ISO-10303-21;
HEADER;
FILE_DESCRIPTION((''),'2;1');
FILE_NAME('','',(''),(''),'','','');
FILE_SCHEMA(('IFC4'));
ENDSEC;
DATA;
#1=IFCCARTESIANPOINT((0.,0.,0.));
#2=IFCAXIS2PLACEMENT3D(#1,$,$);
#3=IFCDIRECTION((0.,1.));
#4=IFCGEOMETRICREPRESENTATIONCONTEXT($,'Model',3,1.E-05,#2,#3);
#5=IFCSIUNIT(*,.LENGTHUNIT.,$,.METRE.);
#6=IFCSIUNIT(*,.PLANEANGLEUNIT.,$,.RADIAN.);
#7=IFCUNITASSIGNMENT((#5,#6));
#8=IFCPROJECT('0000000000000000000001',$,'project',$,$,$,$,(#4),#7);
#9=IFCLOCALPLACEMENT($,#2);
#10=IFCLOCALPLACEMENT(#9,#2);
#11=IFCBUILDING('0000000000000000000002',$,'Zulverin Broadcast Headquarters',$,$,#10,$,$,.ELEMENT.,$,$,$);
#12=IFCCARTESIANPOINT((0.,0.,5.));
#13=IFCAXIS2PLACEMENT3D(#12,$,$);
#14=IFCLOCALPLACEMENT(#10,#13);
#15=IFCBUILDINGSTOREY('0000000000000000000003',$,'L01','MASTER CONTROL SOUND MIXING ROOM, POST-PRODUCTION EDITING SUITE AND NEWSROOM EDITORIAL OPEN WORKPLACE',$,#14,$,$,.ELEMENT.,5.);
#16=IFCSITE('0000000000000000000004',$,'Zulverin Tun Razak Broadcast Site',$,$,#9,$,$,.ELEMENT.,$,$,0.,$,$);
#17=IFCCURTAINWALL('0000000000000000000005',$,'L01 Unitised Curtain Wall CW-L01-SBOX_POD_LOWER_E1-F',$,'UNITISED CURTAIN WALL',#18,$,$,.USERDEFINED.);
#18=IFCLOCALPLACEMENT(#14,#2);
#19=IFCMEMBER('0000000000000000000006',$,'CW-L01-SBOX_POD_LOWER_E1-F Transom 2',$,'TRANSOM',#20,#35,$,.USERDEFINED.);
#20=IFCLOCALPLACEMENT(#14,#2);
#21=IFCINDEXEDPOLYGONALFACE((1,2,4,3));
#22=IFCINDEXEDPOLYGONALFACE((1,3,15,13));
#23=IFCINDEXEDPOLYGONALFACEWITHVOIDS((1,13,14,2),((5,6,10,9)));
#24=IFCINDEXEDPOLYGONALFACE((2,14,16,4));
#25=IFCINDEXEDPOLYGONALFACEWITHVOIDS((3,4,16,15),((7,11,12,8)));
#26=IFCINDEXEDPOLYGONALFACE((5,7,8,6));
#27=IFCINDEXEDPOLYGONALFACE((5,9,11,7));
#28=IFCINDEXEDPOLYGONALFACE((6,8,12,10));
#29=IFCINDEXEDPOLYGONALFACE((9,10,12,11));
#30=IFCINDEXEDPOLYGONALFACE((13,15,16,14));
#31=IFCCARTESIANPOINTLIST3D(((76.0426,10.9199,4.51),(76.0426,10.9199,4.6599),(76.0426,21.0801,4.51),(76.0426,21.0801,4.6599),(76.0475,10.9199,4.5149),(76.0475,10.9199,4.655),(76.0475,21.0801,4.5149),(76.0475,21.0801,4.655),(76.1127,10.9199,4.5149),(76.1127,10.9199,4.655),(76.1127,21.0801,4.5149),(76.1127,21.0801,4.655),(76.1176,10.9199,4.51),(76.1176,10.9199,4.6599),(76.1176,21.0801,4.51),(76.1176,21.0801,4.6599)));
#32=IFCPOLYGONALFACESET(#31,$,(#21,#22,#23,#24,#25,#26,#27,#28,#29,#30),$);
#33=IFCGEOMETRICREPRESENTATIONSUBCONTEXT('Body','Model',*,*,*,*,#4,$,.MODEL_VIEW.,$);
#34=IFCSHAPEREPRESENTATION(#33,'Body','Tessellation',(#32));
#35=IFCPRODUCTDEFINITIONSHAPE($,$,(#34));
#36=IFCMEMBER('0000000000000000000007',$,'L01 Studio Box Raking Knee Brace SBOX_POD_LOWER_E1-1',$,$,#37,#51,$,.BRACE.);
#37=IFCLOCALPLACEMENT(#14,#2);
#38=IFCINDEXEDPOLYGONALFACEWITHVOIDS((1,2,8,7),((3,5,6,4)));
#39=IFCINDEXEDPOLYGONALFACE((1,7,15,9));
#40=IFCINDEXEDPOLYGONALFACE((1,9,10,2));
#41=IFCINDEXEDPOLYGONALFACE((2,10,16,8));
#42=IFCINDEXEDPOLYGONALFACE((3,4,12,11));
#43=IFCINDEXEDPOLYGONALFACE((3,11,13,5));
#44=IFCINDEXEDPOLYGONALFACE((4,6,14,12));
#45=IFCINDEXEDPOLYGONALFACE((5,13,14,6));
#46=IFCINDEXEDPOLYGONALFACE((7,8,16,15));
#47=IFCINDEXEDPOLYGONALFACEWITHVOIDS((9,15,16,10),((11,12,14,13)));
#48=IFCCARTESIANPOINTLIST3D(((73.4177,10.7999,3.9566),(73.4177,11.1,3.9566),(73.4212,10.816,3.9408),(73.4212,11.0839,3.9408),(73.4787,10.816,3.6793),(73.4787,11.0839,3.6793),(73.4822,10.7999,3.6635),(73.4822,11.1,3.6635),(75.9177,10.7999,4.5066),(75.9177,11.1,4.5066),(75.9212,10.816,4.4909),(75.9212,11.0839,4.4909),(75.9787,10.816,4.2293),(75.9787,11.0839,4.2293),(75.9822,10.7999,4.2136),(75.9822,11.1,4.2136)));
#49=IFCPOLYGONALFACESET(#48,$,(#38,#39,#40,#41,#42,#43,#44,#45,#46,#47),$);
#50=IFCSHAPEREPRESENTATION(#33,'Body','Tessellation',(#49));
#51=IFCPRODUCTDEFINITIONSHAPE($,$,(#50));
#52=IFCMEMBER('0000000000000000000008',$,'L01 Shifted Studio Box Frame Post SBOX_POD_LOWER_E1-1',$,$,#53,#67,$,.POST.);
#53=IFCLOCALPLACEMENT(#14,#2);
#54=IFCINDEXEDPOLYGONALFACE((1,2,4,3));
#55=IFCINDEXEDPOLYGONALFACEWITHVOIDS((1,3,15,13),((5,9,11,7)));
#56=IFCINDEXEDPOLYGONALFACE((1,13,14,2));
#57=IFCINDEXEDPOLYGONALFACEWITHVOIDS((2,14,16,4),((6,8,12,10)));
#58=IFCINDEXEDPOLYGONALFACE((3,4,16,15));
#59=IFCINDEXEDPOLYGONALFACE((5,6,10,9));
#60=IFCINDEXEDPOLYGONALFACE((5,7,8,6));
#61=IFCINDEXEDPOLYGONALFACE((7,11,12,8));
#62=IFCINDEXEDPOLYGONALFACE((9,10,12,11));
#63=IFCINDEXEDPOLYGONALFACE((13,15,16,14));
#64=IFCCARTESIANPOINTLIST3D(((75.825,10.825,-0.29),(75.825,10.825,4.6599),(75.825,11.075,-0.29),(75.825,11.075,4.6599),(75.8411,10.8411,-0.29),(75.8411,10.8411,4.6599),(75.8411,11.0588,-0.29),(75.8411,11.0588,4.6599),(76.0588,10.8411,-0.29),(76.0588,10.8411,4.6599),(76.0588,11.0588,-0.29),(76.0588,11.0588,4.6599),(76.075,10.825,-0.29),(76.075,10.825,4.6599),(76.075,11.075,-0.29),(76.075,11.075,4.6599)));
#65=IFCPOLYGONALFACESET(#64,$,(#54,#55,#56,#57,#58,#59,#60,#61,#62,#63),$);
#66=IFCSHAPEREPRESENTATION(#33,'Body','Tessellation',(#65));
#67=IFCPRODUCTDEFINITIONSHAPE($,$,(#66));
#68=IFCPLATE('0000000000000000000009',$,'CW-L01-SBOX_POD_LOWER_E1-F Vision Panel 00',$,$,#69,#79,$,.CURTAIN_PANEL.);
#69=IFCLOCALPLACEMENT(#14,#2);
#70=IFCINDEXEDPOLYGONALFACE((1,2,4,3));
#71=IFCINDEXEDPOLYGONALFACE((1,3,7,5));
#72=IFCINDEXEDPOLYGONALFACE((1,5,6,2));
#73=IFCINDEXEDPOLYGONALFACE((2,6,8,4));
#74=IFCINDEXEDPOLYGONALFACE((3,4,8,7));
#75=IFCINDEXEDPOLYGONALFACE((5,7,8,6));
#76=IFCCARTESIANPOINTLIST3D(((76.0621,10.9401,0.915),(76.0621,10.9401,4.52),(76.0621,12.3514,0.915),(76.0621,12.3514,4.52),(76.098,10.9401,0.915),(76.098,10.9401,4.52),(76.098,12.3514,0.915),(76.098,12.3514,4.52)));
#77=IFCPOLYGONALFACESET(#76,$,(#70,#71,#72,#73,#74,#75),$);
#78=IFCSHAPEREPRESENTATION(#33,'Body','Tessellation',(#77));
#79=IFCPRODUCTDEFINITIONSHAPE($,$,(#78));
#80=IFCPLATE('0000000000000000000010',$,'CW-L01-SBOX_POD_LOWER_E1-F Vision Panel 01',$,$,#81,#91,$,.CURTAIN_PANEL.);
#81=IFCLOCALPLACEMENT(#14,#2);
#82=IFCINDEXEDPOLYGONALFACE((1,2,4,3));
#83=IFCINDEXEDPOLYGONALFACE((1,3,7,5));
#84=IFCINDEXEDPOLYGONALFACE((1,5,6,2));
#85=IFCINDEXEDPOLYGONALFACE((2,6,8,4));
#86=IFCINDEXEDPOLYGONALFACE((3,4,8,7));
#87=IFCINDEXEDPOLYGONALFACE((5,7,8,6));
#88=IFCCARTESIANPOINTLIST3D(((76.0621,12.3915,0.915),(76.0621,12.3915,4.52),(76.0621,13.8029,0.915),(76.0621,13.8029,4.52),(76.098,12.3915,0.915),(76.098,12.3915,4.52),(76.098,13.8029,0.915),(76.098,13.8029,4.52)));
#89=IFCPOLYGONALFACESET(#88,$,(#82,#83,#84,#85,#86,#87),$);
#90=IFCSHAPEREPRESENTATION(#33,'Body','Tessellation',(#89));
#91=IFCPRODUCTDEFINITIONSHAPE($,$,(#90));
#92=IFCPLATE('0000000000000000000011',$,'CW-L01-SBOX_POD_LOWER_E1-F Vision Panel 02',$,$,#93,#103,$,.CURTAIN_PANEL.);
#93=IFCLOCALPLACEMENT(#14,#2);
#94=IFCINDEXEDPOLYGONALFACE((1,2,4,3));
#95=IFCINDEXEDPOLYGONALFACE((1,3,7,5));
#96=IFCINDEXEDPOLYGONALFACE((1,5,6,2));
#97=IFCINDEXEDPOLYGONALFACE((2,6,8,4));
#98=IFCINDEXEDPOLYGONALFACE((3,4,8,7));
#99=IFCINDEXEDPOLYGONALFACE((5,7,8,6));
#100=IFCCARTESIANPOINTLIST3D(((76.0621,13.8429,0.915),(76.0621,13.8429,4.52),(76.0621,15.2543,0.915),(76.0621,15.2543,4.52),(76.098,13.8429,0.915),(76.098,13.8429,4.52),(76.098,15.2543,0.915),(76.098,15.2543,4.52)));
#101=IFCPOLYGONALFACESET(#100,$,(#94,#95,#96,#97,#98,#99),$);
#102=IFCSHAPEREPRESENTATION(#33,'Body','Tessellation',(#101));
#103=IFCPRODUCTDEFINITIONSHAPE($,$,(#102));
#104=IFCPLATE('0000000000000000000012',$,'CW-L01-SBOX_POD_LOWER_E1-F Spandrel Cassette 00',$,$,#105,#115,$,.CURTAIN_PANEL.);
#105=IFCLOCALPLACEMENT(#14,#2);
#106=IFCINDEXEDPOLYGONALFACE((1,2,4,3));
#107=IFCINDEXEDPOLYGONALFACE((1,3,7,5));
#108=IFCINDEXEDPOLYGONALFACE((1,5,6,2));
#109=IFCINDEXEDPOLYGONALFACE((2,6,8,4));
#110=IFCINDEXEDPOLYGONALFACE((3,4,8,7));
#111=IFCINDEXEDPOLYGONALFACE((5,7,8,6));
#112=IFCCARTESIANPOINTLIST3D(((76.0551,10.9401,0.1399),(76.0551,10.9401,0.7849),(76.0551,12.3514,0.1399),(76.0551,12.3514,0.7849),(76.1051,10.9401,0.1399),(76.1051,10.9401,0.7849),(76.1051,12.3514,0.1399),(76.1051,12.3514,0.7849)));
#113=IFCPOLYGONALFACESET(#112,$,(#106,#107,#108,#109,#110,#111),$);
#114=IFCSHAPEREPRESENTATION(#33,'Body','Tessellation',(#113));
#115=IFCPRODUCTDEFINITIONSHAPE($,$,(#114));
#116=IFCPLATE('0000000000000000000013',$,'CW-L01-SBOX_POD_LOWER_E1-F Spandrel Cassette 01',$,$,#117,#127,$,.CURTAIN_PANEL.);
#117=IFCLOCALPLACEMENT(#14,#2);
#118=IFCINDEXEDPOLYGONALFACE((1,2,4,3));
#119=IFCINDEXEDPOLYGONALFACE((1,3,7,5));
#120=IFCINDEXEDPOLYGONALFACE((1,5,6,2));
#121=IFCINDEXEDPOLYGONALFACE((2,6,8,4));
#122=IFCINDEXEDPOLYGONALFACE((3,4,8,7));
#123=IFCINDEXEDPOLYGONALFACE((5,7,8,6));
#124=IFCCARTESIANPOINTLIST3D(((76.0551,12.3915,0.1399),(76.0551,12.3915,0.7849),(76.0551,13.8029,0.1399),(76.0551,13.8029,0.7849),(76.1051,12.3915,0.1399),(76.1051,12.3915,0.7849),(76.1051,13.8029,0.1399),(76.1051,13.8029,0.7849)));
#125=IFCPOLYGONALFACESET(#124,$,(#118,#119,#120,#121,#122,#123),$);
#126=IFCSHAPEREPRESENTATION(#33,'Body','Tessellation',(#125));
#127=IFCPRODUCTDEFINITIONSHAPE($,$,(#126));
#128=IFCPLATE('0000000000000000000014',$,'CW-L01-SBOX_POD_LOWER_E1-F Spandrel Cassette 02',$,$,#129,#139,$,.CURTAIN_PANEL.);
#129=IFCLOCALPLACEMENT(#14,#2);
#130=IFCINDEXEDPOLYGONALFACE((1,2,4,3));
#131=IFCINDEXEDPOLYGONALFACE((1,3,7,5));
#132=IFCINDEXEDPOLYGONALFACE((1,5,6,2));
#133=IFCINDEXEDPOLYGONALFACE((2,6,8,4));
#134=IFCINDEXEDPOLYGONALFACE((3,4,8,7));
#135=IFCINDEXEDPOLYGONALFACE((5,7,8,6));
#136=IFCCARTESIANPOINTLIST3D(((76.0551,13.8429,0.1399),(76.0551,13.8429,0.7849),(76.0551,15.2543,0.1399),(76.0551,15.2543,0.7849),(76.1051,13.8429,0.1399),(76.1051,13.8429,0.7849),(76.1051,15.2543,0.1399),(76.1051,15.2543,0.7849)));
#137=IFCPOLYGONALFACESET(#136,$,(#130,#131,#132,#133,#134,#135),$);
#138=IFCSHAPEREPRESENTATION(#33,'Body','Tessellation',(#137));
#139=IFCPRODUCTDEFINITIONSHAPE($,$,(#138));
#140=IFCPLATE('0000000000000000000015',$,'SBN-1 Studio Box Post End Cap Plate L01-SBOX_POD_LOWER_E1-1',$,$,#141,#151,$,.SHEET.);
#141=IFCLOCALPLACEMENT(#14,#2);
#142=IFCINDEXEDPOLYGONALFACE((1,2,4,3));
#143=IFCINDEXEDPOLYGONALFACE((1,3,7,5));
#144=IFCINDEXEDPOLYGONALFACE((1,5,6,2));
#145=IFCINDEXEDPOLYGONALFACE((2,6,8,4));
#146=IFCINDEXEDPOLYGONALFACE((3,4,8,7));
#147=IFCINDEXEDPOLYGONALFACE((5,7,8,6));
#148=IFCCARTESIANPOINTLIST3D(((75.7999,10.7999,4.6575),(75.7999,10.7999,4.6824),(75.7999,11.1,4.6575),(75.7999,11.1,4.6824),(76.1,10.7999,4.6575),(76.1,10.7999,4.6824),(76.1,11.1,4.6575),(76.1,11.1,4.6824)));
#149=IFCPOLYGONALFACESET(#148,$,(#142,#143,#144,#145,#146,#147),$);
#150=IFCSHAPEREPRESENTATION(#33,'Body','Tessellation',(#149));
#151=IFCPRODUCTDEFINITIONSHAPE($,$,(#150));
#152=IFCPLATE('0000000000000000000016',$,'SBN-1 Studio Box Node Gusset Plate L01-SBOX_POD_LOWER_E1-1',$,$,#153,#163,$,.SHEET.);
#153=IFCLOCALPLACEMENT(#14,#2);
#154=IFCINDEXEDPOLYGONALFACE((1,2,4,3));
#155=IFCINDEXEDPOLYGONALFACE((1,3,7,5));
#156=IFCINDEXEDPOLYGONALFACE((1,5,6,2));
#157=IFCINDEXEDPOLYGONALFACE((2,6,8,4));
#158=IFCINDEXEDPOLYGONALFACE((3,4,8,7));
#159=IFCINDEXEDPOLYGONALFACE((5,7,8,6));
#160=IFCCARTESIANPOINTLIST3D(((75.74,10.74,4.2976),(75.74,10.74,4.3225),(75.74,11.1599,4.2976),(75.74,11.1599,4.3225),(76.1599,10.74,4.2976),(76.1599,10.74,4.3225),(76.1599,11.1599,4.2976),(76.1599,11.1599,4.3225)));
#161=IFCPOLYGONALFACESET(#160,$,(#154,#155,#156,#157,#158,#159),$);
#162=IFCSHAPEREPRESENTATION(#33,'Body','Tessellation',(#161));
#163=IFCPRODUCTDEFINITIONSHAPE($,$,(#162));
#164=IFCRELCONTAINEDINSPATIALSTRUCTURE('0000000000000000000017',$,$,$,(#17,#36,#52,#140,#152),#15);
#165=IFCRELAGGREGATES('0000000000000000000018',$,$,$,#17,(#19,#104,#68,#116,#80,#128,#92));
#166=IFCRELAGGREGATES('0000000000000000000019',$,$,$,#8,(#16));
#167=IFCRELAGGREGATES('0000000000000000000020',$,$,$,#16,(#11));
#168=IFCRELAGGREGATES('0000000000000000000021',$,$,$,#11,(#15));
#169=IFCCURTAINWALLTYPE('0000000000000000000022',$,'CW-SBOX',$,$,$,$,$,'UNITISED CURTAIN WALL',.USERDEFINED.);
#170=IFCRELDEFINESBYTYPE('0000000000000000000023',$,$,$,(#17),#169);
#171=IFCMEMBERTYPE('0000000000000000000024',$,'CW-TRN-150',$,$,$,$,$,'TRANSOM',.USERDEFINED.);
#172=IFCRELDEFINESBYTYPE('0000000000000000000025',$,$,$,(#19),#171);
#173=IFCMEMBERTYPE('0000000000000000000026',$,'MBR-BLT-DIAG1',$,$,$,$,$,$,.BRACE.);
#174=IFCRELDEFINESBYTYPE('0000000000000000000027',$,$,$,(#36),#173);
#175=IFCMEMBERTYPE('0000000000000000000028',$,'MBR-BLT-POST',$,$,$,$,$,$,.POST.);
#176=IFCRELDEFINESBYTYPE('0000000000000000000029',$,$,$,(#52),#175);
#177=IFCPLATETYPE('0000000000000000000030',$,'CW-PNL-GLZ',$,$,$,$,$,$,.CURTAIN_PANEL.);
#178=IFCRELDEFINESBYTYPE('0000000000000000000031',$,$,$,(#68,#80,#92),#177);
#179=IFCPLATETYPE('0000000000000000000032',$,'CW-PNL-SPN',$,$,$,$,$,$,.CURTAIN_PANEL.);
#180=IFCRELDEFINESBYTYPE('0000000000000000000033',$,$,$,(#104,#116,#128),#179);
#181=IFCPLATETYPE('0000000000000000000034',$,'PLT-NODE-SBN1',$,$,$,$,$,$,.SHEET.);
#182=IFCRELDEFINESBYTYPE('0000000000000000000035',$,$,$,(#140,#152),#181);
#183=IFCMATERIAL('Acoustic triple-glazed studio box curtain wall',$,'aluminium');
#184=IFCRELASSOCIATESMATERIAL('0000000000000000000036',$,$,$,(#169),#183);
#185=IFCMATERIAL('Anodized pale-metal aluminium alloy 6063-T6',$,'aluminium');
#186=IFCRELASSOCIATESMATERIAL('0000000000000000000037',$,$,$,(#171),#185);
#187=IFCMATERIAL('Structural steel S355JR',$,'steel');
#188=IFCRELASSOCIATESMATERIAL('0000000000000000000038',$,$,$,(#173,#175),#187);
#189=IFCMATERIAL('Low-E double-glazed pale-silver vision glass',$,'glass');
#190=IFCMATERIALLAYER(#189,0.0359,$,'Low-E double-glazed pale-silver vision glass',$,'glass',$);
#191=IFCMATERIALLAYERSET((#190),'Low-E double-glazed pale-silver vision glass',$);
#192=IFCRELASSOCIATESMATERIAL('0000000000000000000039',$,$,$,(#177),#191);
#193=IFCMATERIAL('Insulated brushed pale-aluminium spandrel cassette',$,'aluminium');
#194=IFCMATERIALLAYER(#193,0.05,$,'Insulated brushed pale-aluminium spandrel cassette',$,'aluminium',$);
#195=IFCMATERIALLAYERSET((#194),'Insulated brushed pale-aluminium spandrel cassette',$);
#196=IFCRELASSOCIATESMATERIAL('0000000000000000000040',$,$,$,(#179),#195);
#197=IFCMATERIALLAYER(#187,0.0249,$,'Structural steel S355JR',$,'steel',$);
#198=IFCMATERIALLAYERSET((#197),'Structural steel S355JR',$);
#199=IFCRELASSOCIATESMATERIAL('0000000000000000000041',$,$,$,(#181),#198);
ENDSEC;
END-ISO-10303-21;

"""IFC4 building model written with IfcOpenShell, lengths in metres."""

from ifc_helpers import new_model, si_unit, direction, frame, origin, origin_2d, place, context, subcontext, project, spatial, rectangle, hollow_rectangle, extrude, material, layer, layer_set, material_profile, profile_set, type_object, element, aggregate, save


model = new_model("IFC4")

# Units and contexts
model_context = context("Model", 3, precision=1e-05, world=origin(), true_north=direction((0.0, 1.0)))
body_context = subcontext(model_context, "Body", "Model", "MODEL_VIEW")
ifc_project = project(units=[si_unit("LENGTHUNIT", "METRE"), si_unit("PLANEANGLEUNIT", "RADIAN")], contexts=[model_context])

# Site, building, storey
site_placement = place(None, origin())
site = spatial("IfcSite", under=ifc_project, at=site_placement, Name="Zulverin Tun Razak Broadcast Site", CompositionType="ELEMENT", RefElevation=0.0)
building_placement = place(site_placement, origin())
building = spatial("IfcBuilding", under=site, at=building_placement, Name="Zulverin Broadcast Headquarters", CompositionType="ELEMENT")
storey_placement = place(building_placement, frame((0.0, 0.0, 5.0)))
storey = spatial("IfcBuildingStorey", under=building, at=storey_placement, Name="L01", Description="MASTER CONTROL SOUND MIXING ROOM, POST-PRODUCTION EDITING SUITE AND NEWSROOM EDITORIAL OPEN WORKPLACE", CompositionType="ELEMENT", Elevation=5.0)

# Shared definitions
ifc_material_1 = material(Name="Structural steel S355JR", Category="steel")

# Curtain wall, member
ifc_material_2 = material(Name="Acoustic triple-glazed studio box curtain wall", Category="aluminium")
curtain_wall_type = type_object("IfcCurtainWallType", Name="CW-SBOX", ElementType="UNITISED CURTAIN WALL", PredefinedType="USERDEFINED", material=ifc_material_2)
curtain_wall_placement = place(storey_placement, origin())
curtain_wall = element("IfcCurtainWall", 1, at=curtain_wall_placement, inside=storey, type_object=curtain_wall_type, Name="L01 Unitised Curtain Wall CW-L01-SBOX_POD_LOWER_E1-F", ObjectType="UNITISED CURTAIN WALL", PredefinedType="USERDEFINED")
ifc_material_3 = material(Name="Anodized pale-metal aluminium alloy 6063-T6", Category="aluminium")
ifc_material_profile_1 = material_profile(ifc_material_3, hollow_rectangle(XDim=0.075, YDim=0.1499, WallThickness=0.0049, at=origin_2d()), Name="Anodized pale-metal aluminium alloy 6063-T6", Category="aluminium")
ifc_profile_set_1 = profile_set([ifc_material_profile_1], Name="Anodized pale-metal aluminium alloy 6063-T6")
member_type_1 = type_object("IfcMemberType", Name="CW-TRN-150", ElementType="TRANSOM", PredefinedType="USERDEFINED", material=ifc_profile_set_1)
member_1_placement = place(storey_placement, frame((76.0801, 10.9199, 4.585), z_axis=(0.0, 1.0, 0.0), x_axis=(-1.0, 0.0, 0.0)))
member_1 = element("IfcMember", 2, at=member_1_placement, type_object=member_type_1, Name="CW-L01-SBOX_POD_LOWER_E1-F Transom 2", ObjectType="TRANSOM", PredefinedType="USERDEFINED", context=body_context, shape_type="SweptSolid", body=[
    extrude(hollow_rectangle(XDim=0.075, YDim=0.1499, WallThickness=0.0049, at=origin_2d()), origin(), (0.0, 0.0, 1.0), 10.1602),
])

# Members
ifc_material_profile_2 = material_profile(ifc_material_1, hollow_rectangle(XDim=0.3, YDim=0.3, WallThickness=0.0161, at=origin_2d()), Name="Structural steel S355JR", Category="steel")
ifc_profile_set_2 = profile_set([ifc_material_profile_2], Name="Structural steel S355JR")
member_type_2 = type_object("IfcMemberType", Name="MBR-BLT-DIAG1", PredefinedType="BRACE", material=ifc_profile_set_2)
member_2_placement = place(storey_placement, frame((73.45, 10.95, 3.8101), z_axis=(0.97664, 0.0, 0.21488), x_axis=(0.0, 1.0, 0.0)))
element("IfcMember", 3, at=member_2_placement, inside=storey, type_object=member_type_2, Name="L01 Studio Box Raking Knee Brace SBOX_POD_LOWER_E1-1", PredefinedType="BRACE", context=body_context, shape_type="SweptSolid", body=[
    extrude(hollow_rectangle(XDim=0.3, YDim=0.3, WallThickness=0.0161, at=origin_2d()), origin(), (0.0, 0.0, 1.0), 2.5598),
])
ifc_material_profile_3 = material_profile(ifc_material_1, hollow_rectangle(XDim=0.25, YDim=0.25, WallThickness=0.0161, at=origin_2d()), Name="Structural steel S355JR", Category="steel")
ifc_profile_set_3 = profile_set([ifc_material_profile_3], Name="Structural steel S355JR")
member_type_3 = type_object("IfcMemberType", Name="MBR-BLT-POST", PredefinedType="POST", material=ifc_profile_set_3)
member_3_placement = place(storey_placement, frame((75.95, 10.95, -0.29), z_axis=(0.0, 0.0, 1.0), x_axis=(1.0, 0.0, 0.0)))
element("IfcMember", 4, at=member_3_placement, inside=storey, type_object=member_type_3, Name="L01 Shifted Studio Box Frame Post SBOX_POD_LOWER_E1-1", PredefinedType="POST", context=body_context, shape_type="SweptSolid", body=[
    extrude(hollow_rectangle(XDim=0.25, YDim=0.25, WallThickness=0.0161, at=origin_2d()), origin(), (0.0, 0.0, 1.0), 4.95),
])

# Plates
ifc_material_4 = material(Name="Low-E double-glazed pale-silver vision glass", Category="glass")
ifc_layer_1 = layer(ifc_material_4, 0.0359, Name="Low-E double-glazed pale-silver vision glass", Category="glass")
ifc_layer_set_1 = layer_set([ifc_layer_1], Name="Low-E double-glazed pale-silver vision glass")
plate_type_1 = type_object("IfcPlateType", Name="CW-PNL-GLZ", PredefinedType="CURTAIN_PANEL", material=ifc_layer_set_1)
plate_1_placement = place(storey_placement, frame((76.0801, 11.6458, 0.915), z_axis=(0.0, 0.0, 1.0), x_axis=(0.0, 1.0, 0.0)))
plate_1 = element("IfcPlate", 5, at=plate_1_placement, type_object=plate_type_1, Name="CW-L01-SBOX_POD_LOWER_E1-F Vision Panel 00", PredefinedType="CURTAIN_PANEL", context=body_context, shape_type="SweptSolid", body=[
    extrude(rectangle(XDim=1.4114, YDim=0.0359, at=origin_2d()), origin(), (0.0, 0.0, 1.0), 3.605),
])
plate_2_placement = place(storey_placement, frame((76.0801, 13.0972, 0.915), z_axis=(0.0, 0.0, 1.0), x_axis=(0.0, 1.0, 0.0)))
plate_2 = element("IfcPlate", 6, at=plate_2_placement, type_object=plate_type_1, Name="CW-L01-SBOX_POD_LOWER_E1-F Vision Panel 01", PredefinedType="CURTAIN_PANEL", context=body_context, shape_type="SweptSolid", body=[
    extrude(rectangle(XDim=1.4114, YDim=0.0359, at=origin_2d()), origin(), (0.0, 0.0, 1.0), 3.605),
])
plate_3_placement = place(storey_placement, frame((76.0801, 14.5486, 0.915), z_axis=(0.0, 0.0, 1.0), x_axis=(0.0, 1.0, 0.0)))
plate_3 = element("IfcPlate", 7, at=plate_3_placement, type_object=plate_type_1, Name="CW-L01-SBOX_POD_LOWER_E1-F Vision Panel 02", PredefinedType="CURTAIN_PANEL", context=body_context, shape_type="SweptSolid", body=[
    extrude(rectangle(XDim=1.4114, YDim=0.0359, at=origin_2d()), origin(), (0.0, 0.0, 1.0), 3.605),
])
ifc_material_5 = material(Name="Insulated brushed pale-aluminium spandrel cassette", Category="aluminium")
ifc_layer_2 = layer(ifc_material_5, 0.05, Name="Insulated brushed pale-aluminium spandrel cassette", Category="aluminium")
ifc_layer_set_2 = layer_set([ifc_layer_2], Name="Insulated brushed pale-aluminium spandrel cassette")
plate_type_2 = type_object("IfcPlateType", Name="CW-PNL-SPN", PredefinedType="CURTAIN_PANEL", material=ifc_layer_set_2)
plate_4_placement = place(storey_placement, frame((76.0801, 11.6458, 0.1399), z_axis=(0.0, 0.0, 1.0), x_axis=(0.0, 1.0, 0.0)))
plate_4 = element("IfcPlate", 8, at=plate_4_placement, type_object=plate_type_2, Name="CW-L01-SBOX_POD_LOWER_E1-F Spandrel Cassette 00", PredefinedType="CURTAIN_PANEL", context=body_context, shape_type="SweptSolid", body=[
    extrude(rectangle(XDim=1.4114, YDim=0.05, at=origin_2d()), origin(), (0.0, 0.0, 1.0), 0.645),
])
plate_5_placement = place(storey_placement, frame((76.0801, 13.0972, 0.1399), z_axis=(0.0, 0.0, 1.0), x_axis=(0.0, 1.0, 0.0)))
plate_5 = element("IfcPlate", 9, at=plate_5_placement, type_object=plate_type_2, Name="CW-L01-SBOX_POD_LOWER_E1-F Spandrel Cassette 01", PredefinedType="CURTAIN_PANEL", context=body_context, shape_type="SweptSolid", body=[
    extrude(rectangle(XDim=1.4114, YDim=0.05, at=origin_2d()), origin(), (0.0, 0.0, 1.0), 0.645),
])
plate_6_placement = place(storey_placement, frame((76.0801, 14.5486, 0.1399), z_axis=(0.0, 0.0, 1.0), x_axis=(0.0, 1.0, 0.0)))
plate_6 = element("IfcPlate", 10, at=plate_6_placement, type_object=plate_type_2, Name="CW-L01-SBOX_POD_LOWER_E1-F Spandrel Cassette 02", PredefinedType="CURTAIN_PANEL", context=body_context, shape_type="SweptSolid", body=[
    extrude(rectangle(XDim=1.4114, YDim=0.05, at=origin_2d()), origin(), (0.0, 0.0, 1.0), 0.645),
])
aggregate(curtain_wall, [member_1, plate_4, plate_1, plate_5, plate_2, plate_6, plate_3])

# Plates
ifc_layer_3 = layer(ifc_material_1, 0.0249, Name="Structural steel S355JR", Category="steel")
ifc_layer_set_3 = layer_set([ifc_layer_3], Name="Structural steel S355JR")
plate_type_3 = type_object("IfcPlateType", Name="PLT-NODE-SBN1", PredefinedType="SHEET", material=ifc_layer_set_3)
plate_7_placement = place(storey_placement, frame((75.95, 10.95, 4.6575), z_axis=(0.0, 0.0, 1.0), x_axis=(1.0, 0.0, 0.0)))
element("IfcPlate", 11, at=plate_7_placement, inside=storey, type_object=plate_type_3, Name="SBN-1 Studio Box Post End Cap Plate L01-SBOX_POD_LOWER_E1-1", PredefinedType="SHEET", context=body_context, shape_type="SweptSolid", body=[
    extrude(rectangle(XDim=0.3, YDim=0.3, at=origin_2d()), origin(), (0.0, 0.0, 1.0), 0.0249),
])
plate_8_placement = place(storey_placement, frame((75.95, 10.95, 4.2976), z_axis=(0.0, 0.0, 1.0), x_axis=(1.0, 0.0, 0.0)))
element("IfcPlate", 12, at=plate_8_placement, inside=storey, type_object=plate_type_3, Name="SBN-1 Studio Box Node Gusset Plate L01-SBOX_POD_LOWER_E1-1", PredefinedType="SHEET", context=body_context, shape_type="SweptSolid", body=[
    extrude(rectangle(XDim=0.4199, YDim=0.4199, at=origin_2d()), origin(), (0.0, 0.0, 1.0), 0.0249),
])

save(model, "model.ifc")
